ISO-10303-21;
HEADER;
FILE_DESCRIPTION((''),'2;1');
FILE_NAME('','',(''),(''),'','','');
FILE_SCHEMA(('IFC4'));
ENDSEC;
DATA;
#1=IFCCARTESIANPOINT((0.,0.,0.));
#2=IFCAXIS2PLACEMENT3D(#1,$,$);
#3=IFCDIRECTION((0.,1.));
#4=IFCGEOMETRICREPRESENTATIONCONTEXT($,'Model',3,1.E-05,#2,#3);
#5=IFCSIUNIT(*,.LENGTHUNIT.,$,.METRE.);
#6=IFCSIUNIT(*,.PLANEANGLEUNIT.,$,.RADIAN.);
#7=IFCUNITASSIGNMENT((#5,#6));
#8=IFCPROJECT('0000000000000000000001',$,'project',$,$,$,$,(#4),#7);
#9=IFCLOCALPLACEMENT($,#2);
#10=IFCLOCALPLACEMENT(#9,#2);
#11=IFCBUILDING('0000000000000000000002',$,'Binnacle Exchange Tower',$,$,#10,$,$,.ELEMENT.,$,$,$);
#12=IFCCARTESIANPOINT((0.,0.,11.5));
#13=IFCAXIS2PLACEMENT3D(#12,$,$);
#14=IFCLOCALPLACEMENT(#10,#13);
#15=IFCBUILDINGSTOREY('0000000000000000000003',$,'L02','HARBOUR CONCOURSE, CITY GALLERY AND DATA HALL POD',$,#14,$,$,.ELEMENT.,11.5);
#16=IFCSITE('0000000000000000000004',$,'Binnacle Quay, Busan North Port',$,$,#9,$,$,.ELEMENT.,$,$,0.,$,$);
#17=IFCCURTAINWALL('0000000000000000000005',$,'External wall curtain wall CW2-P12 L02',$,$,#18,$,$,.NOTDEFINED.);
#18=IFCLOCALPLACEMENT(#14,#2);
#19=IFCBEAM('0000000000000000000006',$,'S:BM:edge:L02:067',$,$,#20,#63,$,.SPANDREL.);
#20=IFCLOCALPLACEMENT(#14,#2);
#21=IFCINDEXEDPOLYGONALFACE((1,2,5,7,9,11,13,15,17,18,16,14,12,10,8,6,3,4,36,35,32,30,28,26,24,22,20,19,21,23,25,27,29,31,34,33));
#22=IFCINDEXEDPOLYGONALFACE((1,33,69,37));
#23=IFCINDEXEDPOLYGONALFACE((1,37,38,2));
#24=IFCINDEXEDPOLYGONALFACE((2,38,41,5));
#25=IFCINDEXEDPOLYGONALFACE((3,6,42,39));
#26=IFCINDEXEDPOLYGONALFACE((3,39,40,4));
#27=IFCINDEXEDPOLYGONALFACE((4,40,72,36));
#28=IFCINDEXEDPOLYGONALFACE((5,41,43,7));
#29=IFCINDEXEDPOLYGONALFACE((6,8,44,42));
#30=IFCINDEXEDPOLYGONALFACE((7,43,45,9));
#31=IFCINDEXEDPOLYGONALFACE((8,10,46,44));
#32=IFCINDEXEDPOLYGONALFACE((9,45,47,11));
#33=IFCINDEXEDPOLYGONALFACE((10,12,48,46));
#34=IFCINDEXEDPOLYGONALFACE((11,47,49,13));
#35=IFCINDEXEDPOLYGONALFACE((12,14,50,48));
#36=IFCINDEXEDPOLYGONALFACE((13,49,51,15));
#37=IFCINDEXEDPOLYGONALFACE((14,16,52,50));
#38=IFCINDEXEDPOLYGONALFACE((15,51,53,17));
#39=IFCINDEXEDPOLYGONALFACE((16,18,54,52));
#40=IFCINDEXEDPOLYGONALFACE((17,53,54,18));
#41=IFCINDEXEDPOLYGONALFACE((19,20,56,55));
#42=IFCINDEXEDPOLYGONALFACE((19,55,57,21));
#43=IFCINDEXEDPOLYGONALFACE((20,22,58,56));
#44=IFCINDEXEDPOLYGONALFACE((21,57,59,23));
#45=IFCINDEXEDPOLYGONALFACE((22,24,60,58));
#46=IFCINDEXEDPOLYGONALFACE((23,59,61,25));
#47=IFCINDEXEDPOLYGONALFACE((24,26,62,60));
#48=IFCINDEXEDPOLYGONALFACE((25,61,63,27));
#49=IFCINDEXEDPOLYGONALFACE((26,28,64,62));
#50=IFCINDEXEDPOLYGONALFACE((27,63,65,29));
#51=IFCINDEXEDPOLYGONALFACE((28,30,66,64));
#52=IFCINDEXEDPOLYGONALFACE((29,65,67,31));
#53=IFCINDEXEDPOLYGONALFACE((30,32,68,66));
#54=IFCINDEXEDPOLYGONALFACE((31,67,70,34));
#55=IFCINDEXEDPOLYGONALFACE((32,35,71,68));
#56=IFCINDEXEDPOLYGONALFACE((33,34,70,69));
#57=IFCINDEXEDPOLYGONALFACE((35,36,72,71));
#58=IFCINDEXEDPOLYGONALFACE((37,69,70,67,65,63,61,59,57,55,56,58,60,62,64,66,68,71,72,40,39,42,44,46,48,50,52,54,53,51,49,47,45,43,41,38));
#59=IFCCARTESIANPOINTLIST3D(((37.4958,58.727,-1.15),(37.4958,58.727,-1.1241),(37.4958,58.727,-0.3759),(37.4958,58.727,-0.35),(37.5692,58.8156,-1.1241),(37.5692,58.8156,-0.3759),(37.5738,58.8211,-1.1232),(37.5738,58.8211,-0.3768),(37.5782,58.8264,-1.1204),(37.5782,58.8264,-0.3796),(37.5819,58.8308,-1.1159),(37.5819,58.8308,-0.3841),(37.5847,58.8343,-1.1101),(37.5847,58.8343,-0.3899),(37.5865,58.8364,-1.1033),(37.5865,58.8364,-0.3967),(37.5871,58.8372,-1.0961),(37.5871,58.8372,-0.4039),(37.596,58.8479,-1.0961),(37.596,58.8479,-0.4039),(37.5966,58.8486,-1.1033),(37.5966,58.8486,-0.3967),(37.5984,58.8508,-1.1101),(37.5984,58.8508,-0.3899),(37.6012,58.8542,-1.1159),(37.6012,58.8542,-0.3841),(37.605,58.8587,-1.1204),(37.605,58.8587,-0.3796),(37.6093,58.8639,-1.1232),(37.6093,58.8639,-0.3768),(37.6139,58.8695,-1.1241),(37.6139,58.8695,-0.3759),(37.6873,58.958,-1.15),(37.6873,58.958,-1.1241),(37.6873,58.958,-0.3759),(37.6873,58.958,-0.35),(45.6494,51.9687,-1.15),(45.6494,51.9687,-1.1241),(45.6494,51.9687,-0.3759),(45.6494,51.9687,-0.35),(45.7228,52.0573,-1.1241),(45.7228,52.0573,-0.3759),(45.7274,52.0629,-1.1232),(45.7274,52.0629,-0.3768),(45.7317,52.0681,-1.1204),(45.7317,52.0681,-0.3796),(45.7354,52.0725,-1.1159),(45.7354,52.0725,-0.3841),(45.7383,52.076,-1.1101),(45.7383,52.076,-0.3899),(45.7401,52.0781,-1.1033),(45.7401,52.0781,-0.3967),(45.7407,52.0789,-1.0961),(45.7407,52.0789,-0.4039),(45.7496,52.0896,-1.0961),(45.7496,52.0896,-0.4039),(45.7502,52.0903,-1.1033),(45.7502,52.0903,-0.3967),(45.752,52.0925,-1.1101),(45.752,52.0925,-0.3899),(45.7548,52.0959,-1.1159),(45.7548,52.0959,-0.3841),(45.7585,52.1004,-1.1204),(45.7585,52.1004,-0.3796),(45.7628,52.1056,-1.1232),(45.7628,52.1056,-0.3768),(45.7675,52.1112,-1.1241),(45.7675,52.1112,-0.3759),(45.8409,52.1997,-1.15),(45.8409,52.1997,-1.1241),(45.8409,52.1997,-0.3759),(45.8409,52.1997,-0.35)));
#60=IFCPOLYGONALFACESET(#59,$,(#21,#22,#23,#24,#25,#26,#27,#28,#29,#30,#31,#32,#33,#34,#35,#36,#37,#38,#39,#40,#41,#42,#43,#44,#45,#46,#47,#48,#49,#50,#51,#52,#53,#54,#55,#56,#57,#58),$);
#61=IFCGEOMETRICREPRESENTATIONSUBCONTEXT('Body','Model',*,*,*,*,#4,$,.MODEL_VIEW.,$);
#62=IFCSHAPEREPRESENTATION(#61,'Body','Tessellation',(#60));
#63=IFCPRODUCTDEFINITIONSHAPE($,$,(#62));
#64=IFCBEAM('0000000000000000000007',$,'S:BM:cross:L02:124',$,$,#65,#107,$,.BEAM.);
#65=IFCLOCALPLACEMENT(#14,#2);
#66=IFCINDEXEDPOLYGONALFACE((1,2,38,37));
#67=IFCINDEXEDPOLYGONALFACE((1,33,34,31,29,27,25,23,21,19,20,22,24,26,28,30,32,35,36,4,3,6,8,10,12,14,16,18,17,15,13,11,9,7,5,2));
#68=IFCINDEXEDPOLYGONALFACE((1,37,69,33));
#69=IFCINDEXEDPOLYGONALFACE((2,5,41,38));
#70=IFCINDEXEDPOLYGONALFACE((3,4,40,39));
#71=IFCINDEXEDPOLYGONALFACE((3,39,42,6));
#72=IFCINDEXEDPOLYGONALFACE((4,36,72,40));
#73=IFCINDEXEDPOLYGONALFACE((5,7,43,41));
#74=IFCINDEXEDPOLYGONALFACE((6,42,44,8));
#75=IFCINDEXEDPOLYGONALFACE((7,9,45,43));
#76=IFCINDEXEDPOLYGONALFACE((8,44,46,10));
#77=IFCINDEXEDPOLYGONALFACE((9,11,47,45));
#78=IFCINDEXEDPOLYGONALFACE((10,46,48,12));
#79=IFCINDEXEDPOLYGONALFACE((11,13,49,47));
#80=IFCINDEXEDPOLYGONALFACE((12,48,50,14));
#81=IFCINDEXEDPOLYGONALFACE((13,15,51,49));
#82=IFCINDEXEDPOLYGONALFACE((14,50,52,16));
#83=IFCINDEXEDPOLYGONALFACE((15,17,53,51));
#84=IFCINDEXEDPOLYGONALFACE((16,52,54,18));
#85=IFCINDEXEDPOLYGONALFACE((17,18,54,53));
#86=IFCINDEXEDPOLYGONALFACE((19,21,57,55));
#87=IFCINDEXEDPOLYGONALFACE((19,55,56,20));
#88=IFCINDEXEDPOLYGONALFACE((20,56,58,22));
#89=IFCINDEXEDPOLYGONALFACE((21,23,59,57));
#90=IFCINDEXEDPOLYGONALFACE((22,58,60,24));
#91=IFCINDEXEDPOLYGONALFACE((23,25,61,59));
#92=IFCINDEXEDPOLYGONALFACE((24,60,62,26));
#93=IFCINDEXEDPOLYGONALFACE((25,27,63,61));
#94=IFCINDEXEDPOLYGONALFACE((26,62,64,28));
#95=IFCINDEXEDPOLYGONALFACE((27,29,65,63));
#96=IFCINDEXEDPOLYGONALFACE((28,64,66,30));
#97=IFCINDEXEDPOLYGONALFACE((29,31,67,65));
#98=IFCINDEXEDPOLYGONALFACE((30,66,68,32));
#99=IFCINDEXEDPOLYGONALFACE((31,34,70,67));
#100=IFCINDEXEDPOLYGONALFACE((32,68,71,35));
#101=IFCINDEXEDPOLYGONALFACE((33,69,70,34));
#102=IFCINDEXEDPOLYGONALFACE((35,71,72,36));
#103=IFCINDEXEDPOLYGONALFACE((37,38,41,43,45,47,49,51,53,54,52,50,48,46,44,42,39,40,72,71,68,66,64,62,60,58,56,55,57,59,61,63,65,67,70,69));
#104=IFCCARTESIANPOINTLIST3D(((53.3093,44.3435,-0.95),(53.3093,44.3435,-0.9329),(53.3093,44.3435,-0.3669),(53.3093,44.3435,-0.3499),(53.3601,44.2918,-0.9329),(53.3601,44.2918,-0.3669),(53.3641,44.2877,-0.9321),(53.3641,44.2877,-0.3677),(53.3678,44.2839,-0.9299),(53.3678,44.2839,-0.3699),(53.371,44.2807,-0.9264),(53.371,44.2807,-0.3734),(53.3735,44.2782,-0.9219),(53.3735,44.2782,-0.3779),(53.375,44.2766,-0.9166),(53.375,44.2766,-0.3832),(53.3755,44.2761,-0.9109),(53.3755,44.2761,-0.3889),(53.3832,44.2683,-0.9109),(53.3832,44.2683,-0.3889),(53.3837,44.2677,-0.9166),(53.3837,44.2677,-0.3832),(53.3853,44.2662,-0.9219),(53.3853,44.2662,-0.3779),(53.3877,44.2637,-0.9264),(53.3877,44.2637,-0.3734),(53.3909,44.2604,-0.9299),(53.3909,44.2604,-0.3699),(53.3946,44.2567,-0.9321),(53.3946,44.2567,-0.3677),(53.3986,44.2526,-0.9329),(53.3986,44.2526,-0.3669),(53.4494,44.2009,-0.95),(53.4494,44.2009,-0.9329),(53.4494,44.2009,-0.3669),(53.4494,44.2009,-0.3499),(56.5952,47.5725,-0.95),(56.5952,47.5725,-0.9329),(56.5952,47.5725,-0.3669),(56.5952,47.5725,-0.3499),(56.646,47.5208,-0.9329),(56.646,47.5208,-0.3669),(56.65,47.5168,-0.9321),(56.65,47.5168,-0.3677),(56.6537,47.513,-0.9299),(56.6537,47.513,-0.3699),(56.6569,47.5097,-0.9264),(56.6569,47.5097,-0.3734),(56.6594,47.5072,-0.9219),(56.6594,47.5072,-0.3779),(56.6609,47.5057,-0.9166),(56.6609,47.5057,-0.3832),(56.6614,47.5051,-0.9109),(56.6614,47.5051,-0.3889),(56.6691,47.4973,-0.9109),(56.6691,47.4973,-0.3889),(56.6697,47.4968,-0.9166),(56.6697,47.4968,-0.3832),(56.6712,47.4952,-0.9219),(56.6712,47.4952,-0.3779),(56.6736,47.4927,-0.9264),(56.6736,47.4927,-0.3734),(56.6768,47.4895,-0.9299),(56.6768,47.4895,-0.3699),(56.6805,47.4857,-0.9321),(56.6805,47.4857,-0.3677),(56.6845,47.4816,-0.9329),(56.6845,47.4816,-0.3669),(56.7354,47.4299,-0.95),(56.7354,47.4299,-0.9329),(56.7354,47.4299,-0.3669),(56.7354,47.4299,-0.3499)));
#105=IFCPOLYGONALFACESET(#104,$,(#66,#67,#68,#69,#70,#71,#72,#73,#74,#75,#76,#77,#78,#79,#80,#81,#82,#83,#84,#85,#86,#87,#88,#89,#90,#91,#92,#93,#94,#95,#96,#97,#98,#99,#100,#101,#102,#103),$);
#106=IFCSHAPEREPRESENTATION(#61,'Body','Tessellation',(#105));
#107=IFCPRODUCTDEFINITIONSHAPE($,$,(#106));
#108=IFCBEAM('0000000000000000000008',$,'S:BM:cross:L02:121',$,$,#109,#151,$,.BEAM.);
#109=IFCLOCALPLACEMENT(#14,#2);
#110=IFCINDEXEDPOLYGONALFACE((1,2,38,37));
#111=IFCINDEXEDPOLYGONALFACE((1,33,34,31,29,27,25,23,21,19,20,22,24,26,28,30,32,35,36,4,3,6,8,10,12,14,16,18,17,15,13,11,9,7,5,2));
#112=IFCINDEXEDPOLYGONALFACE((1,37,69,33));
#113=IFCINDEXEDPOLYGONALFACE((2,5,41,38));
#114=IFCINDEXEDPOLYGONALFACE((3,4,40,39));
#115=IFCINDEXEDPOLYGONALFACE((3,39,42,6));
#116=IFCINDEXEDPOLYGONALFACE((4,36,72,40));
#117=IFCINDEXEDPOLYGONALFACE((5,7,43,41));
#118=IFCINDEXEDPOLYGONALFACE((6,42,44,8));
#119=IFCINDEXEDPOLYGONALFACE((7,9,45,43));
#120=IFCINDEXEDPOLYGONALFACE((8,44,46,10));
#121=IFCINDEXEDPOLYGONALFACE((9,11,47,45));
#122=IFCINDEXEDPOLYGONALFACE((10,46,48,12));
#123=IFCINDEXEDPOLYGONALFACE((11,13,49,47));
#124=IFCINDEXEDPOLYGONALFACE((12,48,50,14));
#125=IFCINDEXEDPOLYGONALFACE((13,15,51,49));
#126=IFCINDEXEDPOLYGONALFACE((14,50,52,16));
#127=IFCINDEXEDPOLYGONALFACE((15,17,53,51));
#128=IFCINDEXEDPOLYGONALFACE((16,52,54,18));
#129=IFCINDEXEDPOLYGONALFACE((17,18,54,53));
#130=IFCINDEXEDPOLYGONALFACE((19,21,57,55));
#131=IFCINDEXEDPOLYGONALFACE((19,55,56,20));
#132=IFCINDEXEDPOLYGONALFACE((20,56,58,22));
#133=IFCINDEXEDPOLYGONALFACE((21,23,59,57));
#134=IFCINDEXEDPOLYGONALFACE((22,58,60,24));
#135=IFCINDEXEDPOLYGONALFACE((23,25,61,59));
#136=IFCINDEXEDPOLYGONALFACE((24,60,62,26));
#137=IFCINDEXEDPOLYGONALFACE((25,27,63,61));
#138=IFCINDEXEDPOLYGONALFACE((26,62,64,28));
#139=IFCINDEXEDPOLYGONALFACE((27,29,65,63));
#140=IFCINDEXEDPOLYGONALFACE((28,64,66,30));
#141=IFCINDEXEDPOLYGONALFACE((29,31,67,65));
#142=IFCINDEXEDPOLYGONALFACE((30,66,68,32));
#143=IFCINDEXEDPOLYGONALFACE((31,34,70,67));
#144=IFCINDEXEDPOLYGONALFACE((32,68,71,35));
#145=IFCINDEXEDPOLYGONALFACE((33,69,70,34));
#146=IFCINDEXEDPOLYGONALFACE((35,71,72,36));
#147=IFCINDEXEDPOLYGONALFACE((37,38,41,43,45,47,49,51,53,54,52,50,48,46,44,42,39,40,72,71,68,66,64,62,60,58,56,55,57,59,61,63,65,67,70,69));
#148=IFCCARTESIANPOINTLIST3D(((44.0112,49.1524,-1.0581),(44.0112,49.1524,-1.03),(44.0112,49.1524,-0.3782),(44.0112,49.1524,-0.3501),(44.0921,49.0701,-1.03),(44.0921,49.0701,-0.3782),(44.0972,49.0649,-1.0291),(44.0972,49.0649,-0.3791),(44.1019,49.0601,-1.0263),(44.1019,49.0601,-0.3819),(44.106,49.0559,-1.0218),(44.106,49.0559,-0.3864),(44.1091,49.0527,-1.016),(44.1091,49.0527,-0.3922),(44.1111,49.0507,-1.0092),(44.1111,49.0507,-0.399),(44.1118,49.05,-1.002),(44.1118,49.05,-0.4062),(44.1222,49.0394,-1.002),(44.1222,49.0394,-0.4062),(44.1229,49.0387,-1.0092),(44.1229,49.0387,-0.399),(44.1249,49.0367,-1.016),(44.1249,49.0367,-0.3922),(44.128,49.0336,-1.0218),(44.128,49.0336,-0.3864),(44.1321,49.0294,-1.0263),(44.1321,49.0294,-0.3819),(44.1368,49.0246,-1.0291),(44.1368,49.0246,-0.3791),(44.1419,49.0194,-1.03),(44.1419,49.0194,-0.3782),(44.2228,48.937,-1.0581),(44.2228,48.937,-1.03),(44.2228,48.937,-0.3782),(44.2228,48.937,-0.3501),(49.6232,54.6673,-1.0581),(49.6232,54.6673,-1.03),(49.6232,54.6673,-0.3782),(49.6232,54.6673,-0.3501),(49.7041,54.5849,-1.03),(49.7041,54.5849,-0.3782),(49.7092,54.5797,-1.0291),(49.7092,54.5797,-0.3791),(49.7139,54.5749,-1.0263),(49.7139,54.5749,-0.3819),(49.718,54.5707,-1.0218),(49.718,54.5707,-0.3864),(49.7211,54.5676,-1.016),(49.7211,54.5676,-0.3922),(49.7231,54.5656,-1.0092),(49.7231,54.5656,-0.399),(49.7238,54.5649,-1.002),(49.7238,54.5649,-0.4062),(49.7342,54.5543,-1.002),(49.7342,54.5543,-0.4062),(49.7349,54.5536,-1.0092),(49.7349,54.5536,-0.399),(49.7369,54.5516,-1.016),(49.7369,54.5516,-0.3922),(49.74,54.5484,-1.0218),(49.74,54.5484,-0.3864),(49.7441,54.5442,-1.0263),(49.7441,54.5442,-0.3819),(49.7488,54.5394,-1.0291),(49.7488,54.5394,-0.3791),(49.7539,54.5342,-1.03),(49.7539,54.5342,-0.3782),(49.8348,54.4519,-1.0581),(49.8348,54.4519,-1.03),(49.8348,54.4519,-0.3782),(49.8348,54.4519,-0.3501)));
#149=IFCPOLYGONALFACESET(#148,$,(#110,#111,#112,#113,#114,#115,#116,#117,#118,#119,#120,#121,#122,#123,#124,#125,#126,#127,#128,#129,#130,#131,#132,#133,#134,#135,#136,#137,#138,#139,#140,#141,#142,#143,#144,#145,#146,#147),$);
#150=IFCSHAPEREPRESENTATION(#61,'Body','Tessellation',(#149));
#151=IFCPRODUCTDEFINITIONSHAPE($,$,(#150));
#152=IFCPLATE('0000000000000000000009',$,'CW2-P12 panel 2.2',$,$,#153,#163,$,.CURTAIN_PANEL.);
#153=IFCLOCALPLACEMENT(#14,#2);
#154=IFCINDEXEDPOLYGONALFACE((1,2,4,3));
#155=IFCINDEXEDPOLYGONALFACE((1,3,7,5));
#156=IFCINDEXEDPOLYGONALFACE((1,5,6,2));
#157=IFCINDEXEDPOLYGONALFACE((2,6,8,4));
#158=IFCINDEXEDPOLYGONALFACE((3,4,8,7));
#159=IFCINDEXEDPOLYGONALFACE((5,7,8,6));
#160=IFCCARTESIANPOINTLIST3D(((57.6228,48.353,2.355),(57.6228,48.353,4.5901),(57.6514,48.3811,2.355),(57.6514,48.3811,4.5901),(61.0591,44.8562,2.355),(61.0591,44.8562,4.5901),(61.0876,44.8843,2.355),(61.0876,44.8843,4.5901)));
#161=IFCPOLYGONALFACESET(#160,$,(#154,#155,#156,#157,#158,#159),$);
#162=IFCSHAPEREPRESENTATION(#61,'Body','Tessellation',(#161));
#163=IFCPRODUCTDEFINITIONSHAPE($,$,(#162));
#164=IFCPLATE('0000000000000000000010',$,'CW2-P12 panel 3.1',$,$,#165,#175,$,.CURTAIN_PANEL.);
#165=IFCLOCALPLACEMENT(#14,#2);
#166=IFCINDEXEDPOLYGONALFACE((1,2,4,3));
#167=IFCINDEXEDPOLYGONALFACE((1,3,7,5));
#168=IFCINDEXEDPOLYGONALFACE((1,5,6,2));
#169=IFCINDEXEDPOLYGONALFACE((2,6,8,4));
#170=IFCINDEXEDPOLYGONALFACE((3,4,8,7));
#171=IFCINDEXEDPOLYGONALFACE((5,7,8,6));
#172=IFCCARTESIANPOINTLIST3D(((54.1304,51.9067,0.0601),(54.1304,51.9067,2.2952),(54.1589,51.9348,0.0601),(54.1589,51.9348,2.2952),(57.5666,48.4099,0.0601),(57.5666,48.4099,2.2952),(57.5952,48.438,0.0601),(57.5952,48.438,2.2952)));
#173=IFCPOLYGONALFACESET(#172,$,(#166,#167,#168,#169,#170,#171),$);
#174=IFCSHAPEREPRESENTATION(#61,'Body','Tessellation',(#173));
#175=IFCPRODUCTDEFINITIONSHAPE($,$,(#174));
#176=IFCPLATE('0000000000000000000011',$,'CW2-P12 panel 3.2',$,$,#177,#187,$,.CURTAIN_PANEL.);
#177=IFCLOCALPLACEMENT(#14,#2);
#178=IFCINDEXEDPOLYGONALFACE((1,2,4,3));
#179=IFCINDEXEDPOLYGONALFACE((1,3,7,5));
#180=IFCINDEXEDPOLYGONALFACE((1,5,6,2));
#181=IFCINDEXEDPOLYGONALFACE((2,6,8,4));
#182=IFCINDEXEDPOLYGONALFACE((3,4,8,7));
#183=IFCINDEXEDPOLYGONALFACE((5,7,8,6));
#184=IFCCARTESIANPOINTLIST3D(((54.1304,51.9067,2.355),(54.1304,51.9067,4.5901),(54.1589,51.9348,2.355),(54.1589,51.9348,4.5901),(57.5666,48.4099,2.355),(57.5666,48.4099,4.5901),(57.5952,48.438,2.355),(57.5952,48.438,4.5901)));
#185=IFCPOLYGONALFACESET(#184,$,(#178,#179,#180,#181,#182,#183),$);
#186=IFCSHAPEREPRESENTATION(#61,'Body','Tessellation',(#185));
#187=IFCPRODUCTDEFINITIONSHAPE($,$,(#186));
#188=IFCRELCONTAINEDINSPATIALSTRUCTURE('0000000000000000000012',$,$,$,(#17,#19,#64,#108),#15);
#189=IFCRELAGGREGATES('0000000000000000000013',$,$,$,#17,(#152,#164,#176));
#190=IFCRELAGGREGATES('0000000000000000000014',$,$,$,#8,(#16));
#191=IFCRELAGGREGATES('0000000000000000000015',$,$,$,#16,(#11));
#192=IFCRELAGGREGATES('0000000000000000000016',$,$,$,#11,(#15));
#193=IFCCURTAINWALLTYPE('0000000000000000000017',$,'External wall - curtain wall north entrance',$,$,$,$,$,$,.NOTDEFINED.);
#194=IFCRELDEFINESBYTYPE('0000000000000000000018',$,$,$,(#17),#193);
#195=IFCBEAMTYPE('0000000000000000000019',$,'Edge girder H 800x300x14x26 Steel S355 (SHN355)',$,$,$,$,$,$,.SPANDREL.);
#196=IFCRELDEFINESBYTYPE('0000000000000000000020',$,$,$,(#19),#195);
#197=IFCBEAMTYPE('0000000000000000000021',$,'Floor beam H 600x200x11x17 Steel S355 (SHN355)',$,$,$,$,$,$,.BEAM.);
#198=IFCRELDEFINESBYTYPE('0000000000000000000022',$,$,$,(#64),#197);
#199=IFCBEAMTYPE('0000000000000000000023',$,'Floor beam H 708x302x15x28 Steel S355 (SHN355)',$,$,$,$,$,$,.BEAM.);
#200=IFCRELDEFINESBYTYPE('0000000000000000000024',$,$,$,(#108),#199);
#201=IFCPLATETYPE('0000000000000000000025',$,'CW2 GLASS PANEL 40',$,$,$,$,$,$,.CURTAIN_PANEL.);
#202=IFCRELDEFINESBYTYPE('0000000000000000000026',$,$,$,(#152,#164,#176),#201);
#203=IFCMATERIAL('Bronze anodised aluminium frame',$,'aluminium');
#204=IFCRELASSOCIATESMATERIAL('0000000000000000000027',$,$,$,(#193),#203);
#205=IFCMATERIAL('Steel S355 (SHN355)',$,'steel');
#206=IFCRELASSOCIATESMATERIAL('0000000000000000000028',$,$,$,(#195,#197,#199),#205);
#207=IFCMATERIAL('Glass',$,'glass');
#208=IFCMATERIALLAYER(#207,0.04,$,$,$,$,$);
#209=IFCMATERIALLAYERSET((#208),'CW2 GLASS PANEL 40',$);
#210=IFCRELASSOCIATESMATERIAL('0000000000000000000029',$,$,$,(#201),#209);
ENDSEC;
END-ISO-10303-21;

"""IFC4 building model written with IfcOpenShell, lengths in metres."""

from ifc_helpers import new_model, si_unit, direction, frame, origin, origin_2d, place, context, subcontext, project, spatial, rectangle, i_section, extrude, material, layer, layer_set, material_profile, profile_set, type_object, element, aggregate, save


model = new_model("IFC4")

# Units and contexts
model_context = context("Model", 3, precision=1e-05, world=origin(), true_north=direction((0.0, 1.0)))
body_context = subcontext(model_context, "Body", "Model", "MODEL_VIEW")
ifc_project = project(units=[si_unit("LENGTHUNIT", "METRE"), si_unit("PLANEANGLEUNIT", "RADIAN")], contexts=[model_context])

# Site, building, storey
site_placement = place(None, origin())
site = spatial("IfcSite", under=ifc_project, at=site_placement, Name="Binnacle Quay, Busan North Port", CompositionType="ELEMENT", RefElevation=0.0)
building_placement = place(site_placement, origin())
building = spatial("IfcBuilding", under=site, at=building_placement, Name="Binnacle Exchange Tower", CompositionType="ELEMENT")
storey_placement = place(building_placement, frame((0.0, 0.0, 11.5)))
storey = spatial("IfcBuildingStorey", under=building, at=storey_placement, Name="L02", Description="HARBOUR CONCOURSE, CITY GALLERY AND DATA HALL POD", CompositionType="ELEMENT", Elevation=11.5)

# Curtain wall
ifc_material_1 = material(Name="Bronze anodised aluminium frame", Category="aluminium")
curtain_wall_type = type_object("IfcCurtainWallType", Name="External wall - curtain wall north entrance", PredefinedType="NOTDEFINED", material=ifc_material_1)
curtain_wall_placement = place(storey_placement, origin())
curtain_wall = element("IfcCurtainWall", 1, at=curtain_wall_placement, inside=storey, type_object=curtain_wall_type, Name="External wall curtain wall CW2-P12 L02", PredefinedType="NOTDEFINED")

# Beams
ifc_material_2 = material(Name="Steel S355 (SHN355)", Category="steel")
ifc_material_profile_1 = material_profile(ifc_material_2, i_section(OverallWidth=0.3, OverallDepth=0.8, WebThickness=0.0139, FlangeThickness=0.0259, FilletRadius=0.0281, at=origin_2d()), Name="H 800x300x14x26")
ifc_profile_set_1 = profile_set([ifc_material_profile_1], Name="Steel S355 (SHN355)")
beam_type_1 = type_object("IfcBeamType", Name="Edge girder H 800x300x14x26 Steel S355 (SHN355)", PredefinedType="SPANDREL", material=ifc_profile_set_1)
beam_1_placement = place(storey_placement, frame((45.7451, 52.0842, -0.75), z_axis=(-0.769906, 0.638157, 0.0), x_axis=(-0.638157, -0.769906, 0.0)))
element("IfcBeam", 2, at=beam_1_placement, inside=storey, type_object=beam_type_1, Name="S:BM:edge:L02:067", PredefinedType="SPANDREL", context=body_context, shape_type="SweptSolid", body=[
    extrude(i_section(OverallWidth=0.3, OverallDepth=0.8, WebThickness=0.0139, FlangeThickness=0.0259, FilletRadius=0.0281, at=origin_2d()), origin(), (0.0, 0.0, 1.0), 10.5903),
])
ifc_material_profile_2 = material_profile(ifc_material_2, i_section(OverallWidth=0.2, OverallDepth=0.6001, WebThickness=0.011, FlangeThickness=0.0171, FilletRadius=0.022, at=origin_2d()), Name="H 600x200x11x17")
ifc_profile_set_2 = profile_set([ifc_material_profile_2], Name="Steel S355 (SHN355)")
beam_type_2 = type_object("IfcBeamType", Name="Floor beam H 600x200x11x17 Steel S355 (SHN355)", PredefinedType="BEAM", material=ifc_profile_set_2)
beam_2_placement = place(storey_placement, frame((56.6653, 47.5012, -0.6499), z_axis=(-0.713254, -0.700906, 0.0), x_axis=(0.700906, -0.713254, 0.0)))
element("IfcBeam", 3, at=beam_2_placement, inside=storey, type_object=beam_type_2, Name="S:BM:cross:L02:124", PredefinedType="BEAM", context=body_context, shape_type="SweptSolid", body=[
    extrude(i_section(OverallWidth=0.2, OverallDepth=0.6001, WebThickness=0.011, FlangeThickness=0.0171, FilletRadius=0.022, at=origin_2d()), origin(), (0.0, 0.0, 1.0), 4.6069),
])
ifc_material_profile_3 = material_profile(ifc_material_2, i_section(OverallWidth=0.302, OverallDepth=0.708, WebThickness=0.0149, FlangeThickness=0.0281, FilletRadius=0.0281, at=origin_2d()), Name="H 708x302x15x28")
ifc_profile_set_3 = profile_set([ifc_material_profile_3], Name="Steel S355 (SHN355)")
beam_type_3 = type_object("IfcBeamType", Name="Floor beam H 708x302x15x28 Steel S355 (SHN355)", PredefinedType="BEAM", material=ifc_profile_set_3)
beam_3_placement = place(storey_placement, frame((49.729, 54.5596, -0.7041), z_axis=(-0.713255, -0.700905, 0.0), x_axis=(0.700905, -0.713255, 0.0)))
element("IfcBeam", 4, at=beam_3_placement, inside=storey, type_object=beam_type_3, Name="S:BM:cross:L02:121", PredefinedType="BEAM", context=body_context, shape_type="SweptSolid", body=[
    extrude(i_section(OverallWidth=0.302, OverallDepth=0.708, WebThickness=0.0149, FlangeThickness=0.0281, FilletRadius=0.0281, at=origin_2d()), origin(), (0.0, 0.0, 1.0), 7.8682),
])

# Plates
ifc_material_3 = material(Name="Glass", Category="glass")
ifc_layer_1 = layer(ifc_material_3, 0.04)
ifc_layer_set_1 = layer_set([ifc_layer_1], Name="CW2 GLASS PANEL 40")
plate_type = type_object("IfcPlateType", Name="CW2 GLASS PANEL 40", PredefinedType="CURTAIN_PANEL", material=ifc_layer_set_1)
plate_1_placement = place(storey_placement, frame((59.3552, 46.6187, 2.355), z_axis=(0.0, 0.0, 1.0), x_axis=(-0.700909, 0.71325, 0.0)))
plate_1 = element("IfcPlate", 5, at=plate_1_placement, type_object=plate_type, Name="CW2-P12 panel 2.2", PredefinedType="CURTAIN_PANEL", context=body_context, shape_type="SweptSolid", body=[
    extrude(rectangle(XDim=4.9026, YDim=0.04, at=origin_2d()), origin(), (0.0, 0.0, 1.0), 2.2351),
])
plate_2_placement = place(storey_placement, frame((55.8628, 50.1724, 0.0601), z_axis=(0.0, 0.0, 1.0), x_axis=(-0.700909, 0.71325, 0.0)))
plate_2 = element("IfcPlate", 6, at=plate_2_placement, type_object=plate_type, Name="CW2-P12 panel 3.1", PredefinedType="CURTAIN_PANEL", context=body_context, shape_type="SweptSolid", body=[
    extrude(rectangle(XDim=4.9026, YDim=0.04, at=origin_2d()), origin(), (0.0, 0.0, 1.0), 2.2351),
])
plate_3_placement = place(storey_placement, frame((55.8628, 50.1724, 2.355), z_axis=(0.0, 0.0, 1.0), x_axis=(-0.700909, 0.71325, 0.0)))
plate_3 = element("IfcPlate", 7, at=plate_3_placement, type_object=plate_type, Name="CW2-P12 panel 3.2", PredefinedType="CURTAIN_PANEL", context=body_context, shape_type="SweptSolid", body=[
    extrude(rectangle(XDim=4.9026, YDim=0.04, at=origin_2d()), origin(), (0.0, 0.0, 1.0), 2.2351),
])
aggregate(curtain_wall, [plate_1, plate_2, plate_3])

save(model, "model.ifc")
